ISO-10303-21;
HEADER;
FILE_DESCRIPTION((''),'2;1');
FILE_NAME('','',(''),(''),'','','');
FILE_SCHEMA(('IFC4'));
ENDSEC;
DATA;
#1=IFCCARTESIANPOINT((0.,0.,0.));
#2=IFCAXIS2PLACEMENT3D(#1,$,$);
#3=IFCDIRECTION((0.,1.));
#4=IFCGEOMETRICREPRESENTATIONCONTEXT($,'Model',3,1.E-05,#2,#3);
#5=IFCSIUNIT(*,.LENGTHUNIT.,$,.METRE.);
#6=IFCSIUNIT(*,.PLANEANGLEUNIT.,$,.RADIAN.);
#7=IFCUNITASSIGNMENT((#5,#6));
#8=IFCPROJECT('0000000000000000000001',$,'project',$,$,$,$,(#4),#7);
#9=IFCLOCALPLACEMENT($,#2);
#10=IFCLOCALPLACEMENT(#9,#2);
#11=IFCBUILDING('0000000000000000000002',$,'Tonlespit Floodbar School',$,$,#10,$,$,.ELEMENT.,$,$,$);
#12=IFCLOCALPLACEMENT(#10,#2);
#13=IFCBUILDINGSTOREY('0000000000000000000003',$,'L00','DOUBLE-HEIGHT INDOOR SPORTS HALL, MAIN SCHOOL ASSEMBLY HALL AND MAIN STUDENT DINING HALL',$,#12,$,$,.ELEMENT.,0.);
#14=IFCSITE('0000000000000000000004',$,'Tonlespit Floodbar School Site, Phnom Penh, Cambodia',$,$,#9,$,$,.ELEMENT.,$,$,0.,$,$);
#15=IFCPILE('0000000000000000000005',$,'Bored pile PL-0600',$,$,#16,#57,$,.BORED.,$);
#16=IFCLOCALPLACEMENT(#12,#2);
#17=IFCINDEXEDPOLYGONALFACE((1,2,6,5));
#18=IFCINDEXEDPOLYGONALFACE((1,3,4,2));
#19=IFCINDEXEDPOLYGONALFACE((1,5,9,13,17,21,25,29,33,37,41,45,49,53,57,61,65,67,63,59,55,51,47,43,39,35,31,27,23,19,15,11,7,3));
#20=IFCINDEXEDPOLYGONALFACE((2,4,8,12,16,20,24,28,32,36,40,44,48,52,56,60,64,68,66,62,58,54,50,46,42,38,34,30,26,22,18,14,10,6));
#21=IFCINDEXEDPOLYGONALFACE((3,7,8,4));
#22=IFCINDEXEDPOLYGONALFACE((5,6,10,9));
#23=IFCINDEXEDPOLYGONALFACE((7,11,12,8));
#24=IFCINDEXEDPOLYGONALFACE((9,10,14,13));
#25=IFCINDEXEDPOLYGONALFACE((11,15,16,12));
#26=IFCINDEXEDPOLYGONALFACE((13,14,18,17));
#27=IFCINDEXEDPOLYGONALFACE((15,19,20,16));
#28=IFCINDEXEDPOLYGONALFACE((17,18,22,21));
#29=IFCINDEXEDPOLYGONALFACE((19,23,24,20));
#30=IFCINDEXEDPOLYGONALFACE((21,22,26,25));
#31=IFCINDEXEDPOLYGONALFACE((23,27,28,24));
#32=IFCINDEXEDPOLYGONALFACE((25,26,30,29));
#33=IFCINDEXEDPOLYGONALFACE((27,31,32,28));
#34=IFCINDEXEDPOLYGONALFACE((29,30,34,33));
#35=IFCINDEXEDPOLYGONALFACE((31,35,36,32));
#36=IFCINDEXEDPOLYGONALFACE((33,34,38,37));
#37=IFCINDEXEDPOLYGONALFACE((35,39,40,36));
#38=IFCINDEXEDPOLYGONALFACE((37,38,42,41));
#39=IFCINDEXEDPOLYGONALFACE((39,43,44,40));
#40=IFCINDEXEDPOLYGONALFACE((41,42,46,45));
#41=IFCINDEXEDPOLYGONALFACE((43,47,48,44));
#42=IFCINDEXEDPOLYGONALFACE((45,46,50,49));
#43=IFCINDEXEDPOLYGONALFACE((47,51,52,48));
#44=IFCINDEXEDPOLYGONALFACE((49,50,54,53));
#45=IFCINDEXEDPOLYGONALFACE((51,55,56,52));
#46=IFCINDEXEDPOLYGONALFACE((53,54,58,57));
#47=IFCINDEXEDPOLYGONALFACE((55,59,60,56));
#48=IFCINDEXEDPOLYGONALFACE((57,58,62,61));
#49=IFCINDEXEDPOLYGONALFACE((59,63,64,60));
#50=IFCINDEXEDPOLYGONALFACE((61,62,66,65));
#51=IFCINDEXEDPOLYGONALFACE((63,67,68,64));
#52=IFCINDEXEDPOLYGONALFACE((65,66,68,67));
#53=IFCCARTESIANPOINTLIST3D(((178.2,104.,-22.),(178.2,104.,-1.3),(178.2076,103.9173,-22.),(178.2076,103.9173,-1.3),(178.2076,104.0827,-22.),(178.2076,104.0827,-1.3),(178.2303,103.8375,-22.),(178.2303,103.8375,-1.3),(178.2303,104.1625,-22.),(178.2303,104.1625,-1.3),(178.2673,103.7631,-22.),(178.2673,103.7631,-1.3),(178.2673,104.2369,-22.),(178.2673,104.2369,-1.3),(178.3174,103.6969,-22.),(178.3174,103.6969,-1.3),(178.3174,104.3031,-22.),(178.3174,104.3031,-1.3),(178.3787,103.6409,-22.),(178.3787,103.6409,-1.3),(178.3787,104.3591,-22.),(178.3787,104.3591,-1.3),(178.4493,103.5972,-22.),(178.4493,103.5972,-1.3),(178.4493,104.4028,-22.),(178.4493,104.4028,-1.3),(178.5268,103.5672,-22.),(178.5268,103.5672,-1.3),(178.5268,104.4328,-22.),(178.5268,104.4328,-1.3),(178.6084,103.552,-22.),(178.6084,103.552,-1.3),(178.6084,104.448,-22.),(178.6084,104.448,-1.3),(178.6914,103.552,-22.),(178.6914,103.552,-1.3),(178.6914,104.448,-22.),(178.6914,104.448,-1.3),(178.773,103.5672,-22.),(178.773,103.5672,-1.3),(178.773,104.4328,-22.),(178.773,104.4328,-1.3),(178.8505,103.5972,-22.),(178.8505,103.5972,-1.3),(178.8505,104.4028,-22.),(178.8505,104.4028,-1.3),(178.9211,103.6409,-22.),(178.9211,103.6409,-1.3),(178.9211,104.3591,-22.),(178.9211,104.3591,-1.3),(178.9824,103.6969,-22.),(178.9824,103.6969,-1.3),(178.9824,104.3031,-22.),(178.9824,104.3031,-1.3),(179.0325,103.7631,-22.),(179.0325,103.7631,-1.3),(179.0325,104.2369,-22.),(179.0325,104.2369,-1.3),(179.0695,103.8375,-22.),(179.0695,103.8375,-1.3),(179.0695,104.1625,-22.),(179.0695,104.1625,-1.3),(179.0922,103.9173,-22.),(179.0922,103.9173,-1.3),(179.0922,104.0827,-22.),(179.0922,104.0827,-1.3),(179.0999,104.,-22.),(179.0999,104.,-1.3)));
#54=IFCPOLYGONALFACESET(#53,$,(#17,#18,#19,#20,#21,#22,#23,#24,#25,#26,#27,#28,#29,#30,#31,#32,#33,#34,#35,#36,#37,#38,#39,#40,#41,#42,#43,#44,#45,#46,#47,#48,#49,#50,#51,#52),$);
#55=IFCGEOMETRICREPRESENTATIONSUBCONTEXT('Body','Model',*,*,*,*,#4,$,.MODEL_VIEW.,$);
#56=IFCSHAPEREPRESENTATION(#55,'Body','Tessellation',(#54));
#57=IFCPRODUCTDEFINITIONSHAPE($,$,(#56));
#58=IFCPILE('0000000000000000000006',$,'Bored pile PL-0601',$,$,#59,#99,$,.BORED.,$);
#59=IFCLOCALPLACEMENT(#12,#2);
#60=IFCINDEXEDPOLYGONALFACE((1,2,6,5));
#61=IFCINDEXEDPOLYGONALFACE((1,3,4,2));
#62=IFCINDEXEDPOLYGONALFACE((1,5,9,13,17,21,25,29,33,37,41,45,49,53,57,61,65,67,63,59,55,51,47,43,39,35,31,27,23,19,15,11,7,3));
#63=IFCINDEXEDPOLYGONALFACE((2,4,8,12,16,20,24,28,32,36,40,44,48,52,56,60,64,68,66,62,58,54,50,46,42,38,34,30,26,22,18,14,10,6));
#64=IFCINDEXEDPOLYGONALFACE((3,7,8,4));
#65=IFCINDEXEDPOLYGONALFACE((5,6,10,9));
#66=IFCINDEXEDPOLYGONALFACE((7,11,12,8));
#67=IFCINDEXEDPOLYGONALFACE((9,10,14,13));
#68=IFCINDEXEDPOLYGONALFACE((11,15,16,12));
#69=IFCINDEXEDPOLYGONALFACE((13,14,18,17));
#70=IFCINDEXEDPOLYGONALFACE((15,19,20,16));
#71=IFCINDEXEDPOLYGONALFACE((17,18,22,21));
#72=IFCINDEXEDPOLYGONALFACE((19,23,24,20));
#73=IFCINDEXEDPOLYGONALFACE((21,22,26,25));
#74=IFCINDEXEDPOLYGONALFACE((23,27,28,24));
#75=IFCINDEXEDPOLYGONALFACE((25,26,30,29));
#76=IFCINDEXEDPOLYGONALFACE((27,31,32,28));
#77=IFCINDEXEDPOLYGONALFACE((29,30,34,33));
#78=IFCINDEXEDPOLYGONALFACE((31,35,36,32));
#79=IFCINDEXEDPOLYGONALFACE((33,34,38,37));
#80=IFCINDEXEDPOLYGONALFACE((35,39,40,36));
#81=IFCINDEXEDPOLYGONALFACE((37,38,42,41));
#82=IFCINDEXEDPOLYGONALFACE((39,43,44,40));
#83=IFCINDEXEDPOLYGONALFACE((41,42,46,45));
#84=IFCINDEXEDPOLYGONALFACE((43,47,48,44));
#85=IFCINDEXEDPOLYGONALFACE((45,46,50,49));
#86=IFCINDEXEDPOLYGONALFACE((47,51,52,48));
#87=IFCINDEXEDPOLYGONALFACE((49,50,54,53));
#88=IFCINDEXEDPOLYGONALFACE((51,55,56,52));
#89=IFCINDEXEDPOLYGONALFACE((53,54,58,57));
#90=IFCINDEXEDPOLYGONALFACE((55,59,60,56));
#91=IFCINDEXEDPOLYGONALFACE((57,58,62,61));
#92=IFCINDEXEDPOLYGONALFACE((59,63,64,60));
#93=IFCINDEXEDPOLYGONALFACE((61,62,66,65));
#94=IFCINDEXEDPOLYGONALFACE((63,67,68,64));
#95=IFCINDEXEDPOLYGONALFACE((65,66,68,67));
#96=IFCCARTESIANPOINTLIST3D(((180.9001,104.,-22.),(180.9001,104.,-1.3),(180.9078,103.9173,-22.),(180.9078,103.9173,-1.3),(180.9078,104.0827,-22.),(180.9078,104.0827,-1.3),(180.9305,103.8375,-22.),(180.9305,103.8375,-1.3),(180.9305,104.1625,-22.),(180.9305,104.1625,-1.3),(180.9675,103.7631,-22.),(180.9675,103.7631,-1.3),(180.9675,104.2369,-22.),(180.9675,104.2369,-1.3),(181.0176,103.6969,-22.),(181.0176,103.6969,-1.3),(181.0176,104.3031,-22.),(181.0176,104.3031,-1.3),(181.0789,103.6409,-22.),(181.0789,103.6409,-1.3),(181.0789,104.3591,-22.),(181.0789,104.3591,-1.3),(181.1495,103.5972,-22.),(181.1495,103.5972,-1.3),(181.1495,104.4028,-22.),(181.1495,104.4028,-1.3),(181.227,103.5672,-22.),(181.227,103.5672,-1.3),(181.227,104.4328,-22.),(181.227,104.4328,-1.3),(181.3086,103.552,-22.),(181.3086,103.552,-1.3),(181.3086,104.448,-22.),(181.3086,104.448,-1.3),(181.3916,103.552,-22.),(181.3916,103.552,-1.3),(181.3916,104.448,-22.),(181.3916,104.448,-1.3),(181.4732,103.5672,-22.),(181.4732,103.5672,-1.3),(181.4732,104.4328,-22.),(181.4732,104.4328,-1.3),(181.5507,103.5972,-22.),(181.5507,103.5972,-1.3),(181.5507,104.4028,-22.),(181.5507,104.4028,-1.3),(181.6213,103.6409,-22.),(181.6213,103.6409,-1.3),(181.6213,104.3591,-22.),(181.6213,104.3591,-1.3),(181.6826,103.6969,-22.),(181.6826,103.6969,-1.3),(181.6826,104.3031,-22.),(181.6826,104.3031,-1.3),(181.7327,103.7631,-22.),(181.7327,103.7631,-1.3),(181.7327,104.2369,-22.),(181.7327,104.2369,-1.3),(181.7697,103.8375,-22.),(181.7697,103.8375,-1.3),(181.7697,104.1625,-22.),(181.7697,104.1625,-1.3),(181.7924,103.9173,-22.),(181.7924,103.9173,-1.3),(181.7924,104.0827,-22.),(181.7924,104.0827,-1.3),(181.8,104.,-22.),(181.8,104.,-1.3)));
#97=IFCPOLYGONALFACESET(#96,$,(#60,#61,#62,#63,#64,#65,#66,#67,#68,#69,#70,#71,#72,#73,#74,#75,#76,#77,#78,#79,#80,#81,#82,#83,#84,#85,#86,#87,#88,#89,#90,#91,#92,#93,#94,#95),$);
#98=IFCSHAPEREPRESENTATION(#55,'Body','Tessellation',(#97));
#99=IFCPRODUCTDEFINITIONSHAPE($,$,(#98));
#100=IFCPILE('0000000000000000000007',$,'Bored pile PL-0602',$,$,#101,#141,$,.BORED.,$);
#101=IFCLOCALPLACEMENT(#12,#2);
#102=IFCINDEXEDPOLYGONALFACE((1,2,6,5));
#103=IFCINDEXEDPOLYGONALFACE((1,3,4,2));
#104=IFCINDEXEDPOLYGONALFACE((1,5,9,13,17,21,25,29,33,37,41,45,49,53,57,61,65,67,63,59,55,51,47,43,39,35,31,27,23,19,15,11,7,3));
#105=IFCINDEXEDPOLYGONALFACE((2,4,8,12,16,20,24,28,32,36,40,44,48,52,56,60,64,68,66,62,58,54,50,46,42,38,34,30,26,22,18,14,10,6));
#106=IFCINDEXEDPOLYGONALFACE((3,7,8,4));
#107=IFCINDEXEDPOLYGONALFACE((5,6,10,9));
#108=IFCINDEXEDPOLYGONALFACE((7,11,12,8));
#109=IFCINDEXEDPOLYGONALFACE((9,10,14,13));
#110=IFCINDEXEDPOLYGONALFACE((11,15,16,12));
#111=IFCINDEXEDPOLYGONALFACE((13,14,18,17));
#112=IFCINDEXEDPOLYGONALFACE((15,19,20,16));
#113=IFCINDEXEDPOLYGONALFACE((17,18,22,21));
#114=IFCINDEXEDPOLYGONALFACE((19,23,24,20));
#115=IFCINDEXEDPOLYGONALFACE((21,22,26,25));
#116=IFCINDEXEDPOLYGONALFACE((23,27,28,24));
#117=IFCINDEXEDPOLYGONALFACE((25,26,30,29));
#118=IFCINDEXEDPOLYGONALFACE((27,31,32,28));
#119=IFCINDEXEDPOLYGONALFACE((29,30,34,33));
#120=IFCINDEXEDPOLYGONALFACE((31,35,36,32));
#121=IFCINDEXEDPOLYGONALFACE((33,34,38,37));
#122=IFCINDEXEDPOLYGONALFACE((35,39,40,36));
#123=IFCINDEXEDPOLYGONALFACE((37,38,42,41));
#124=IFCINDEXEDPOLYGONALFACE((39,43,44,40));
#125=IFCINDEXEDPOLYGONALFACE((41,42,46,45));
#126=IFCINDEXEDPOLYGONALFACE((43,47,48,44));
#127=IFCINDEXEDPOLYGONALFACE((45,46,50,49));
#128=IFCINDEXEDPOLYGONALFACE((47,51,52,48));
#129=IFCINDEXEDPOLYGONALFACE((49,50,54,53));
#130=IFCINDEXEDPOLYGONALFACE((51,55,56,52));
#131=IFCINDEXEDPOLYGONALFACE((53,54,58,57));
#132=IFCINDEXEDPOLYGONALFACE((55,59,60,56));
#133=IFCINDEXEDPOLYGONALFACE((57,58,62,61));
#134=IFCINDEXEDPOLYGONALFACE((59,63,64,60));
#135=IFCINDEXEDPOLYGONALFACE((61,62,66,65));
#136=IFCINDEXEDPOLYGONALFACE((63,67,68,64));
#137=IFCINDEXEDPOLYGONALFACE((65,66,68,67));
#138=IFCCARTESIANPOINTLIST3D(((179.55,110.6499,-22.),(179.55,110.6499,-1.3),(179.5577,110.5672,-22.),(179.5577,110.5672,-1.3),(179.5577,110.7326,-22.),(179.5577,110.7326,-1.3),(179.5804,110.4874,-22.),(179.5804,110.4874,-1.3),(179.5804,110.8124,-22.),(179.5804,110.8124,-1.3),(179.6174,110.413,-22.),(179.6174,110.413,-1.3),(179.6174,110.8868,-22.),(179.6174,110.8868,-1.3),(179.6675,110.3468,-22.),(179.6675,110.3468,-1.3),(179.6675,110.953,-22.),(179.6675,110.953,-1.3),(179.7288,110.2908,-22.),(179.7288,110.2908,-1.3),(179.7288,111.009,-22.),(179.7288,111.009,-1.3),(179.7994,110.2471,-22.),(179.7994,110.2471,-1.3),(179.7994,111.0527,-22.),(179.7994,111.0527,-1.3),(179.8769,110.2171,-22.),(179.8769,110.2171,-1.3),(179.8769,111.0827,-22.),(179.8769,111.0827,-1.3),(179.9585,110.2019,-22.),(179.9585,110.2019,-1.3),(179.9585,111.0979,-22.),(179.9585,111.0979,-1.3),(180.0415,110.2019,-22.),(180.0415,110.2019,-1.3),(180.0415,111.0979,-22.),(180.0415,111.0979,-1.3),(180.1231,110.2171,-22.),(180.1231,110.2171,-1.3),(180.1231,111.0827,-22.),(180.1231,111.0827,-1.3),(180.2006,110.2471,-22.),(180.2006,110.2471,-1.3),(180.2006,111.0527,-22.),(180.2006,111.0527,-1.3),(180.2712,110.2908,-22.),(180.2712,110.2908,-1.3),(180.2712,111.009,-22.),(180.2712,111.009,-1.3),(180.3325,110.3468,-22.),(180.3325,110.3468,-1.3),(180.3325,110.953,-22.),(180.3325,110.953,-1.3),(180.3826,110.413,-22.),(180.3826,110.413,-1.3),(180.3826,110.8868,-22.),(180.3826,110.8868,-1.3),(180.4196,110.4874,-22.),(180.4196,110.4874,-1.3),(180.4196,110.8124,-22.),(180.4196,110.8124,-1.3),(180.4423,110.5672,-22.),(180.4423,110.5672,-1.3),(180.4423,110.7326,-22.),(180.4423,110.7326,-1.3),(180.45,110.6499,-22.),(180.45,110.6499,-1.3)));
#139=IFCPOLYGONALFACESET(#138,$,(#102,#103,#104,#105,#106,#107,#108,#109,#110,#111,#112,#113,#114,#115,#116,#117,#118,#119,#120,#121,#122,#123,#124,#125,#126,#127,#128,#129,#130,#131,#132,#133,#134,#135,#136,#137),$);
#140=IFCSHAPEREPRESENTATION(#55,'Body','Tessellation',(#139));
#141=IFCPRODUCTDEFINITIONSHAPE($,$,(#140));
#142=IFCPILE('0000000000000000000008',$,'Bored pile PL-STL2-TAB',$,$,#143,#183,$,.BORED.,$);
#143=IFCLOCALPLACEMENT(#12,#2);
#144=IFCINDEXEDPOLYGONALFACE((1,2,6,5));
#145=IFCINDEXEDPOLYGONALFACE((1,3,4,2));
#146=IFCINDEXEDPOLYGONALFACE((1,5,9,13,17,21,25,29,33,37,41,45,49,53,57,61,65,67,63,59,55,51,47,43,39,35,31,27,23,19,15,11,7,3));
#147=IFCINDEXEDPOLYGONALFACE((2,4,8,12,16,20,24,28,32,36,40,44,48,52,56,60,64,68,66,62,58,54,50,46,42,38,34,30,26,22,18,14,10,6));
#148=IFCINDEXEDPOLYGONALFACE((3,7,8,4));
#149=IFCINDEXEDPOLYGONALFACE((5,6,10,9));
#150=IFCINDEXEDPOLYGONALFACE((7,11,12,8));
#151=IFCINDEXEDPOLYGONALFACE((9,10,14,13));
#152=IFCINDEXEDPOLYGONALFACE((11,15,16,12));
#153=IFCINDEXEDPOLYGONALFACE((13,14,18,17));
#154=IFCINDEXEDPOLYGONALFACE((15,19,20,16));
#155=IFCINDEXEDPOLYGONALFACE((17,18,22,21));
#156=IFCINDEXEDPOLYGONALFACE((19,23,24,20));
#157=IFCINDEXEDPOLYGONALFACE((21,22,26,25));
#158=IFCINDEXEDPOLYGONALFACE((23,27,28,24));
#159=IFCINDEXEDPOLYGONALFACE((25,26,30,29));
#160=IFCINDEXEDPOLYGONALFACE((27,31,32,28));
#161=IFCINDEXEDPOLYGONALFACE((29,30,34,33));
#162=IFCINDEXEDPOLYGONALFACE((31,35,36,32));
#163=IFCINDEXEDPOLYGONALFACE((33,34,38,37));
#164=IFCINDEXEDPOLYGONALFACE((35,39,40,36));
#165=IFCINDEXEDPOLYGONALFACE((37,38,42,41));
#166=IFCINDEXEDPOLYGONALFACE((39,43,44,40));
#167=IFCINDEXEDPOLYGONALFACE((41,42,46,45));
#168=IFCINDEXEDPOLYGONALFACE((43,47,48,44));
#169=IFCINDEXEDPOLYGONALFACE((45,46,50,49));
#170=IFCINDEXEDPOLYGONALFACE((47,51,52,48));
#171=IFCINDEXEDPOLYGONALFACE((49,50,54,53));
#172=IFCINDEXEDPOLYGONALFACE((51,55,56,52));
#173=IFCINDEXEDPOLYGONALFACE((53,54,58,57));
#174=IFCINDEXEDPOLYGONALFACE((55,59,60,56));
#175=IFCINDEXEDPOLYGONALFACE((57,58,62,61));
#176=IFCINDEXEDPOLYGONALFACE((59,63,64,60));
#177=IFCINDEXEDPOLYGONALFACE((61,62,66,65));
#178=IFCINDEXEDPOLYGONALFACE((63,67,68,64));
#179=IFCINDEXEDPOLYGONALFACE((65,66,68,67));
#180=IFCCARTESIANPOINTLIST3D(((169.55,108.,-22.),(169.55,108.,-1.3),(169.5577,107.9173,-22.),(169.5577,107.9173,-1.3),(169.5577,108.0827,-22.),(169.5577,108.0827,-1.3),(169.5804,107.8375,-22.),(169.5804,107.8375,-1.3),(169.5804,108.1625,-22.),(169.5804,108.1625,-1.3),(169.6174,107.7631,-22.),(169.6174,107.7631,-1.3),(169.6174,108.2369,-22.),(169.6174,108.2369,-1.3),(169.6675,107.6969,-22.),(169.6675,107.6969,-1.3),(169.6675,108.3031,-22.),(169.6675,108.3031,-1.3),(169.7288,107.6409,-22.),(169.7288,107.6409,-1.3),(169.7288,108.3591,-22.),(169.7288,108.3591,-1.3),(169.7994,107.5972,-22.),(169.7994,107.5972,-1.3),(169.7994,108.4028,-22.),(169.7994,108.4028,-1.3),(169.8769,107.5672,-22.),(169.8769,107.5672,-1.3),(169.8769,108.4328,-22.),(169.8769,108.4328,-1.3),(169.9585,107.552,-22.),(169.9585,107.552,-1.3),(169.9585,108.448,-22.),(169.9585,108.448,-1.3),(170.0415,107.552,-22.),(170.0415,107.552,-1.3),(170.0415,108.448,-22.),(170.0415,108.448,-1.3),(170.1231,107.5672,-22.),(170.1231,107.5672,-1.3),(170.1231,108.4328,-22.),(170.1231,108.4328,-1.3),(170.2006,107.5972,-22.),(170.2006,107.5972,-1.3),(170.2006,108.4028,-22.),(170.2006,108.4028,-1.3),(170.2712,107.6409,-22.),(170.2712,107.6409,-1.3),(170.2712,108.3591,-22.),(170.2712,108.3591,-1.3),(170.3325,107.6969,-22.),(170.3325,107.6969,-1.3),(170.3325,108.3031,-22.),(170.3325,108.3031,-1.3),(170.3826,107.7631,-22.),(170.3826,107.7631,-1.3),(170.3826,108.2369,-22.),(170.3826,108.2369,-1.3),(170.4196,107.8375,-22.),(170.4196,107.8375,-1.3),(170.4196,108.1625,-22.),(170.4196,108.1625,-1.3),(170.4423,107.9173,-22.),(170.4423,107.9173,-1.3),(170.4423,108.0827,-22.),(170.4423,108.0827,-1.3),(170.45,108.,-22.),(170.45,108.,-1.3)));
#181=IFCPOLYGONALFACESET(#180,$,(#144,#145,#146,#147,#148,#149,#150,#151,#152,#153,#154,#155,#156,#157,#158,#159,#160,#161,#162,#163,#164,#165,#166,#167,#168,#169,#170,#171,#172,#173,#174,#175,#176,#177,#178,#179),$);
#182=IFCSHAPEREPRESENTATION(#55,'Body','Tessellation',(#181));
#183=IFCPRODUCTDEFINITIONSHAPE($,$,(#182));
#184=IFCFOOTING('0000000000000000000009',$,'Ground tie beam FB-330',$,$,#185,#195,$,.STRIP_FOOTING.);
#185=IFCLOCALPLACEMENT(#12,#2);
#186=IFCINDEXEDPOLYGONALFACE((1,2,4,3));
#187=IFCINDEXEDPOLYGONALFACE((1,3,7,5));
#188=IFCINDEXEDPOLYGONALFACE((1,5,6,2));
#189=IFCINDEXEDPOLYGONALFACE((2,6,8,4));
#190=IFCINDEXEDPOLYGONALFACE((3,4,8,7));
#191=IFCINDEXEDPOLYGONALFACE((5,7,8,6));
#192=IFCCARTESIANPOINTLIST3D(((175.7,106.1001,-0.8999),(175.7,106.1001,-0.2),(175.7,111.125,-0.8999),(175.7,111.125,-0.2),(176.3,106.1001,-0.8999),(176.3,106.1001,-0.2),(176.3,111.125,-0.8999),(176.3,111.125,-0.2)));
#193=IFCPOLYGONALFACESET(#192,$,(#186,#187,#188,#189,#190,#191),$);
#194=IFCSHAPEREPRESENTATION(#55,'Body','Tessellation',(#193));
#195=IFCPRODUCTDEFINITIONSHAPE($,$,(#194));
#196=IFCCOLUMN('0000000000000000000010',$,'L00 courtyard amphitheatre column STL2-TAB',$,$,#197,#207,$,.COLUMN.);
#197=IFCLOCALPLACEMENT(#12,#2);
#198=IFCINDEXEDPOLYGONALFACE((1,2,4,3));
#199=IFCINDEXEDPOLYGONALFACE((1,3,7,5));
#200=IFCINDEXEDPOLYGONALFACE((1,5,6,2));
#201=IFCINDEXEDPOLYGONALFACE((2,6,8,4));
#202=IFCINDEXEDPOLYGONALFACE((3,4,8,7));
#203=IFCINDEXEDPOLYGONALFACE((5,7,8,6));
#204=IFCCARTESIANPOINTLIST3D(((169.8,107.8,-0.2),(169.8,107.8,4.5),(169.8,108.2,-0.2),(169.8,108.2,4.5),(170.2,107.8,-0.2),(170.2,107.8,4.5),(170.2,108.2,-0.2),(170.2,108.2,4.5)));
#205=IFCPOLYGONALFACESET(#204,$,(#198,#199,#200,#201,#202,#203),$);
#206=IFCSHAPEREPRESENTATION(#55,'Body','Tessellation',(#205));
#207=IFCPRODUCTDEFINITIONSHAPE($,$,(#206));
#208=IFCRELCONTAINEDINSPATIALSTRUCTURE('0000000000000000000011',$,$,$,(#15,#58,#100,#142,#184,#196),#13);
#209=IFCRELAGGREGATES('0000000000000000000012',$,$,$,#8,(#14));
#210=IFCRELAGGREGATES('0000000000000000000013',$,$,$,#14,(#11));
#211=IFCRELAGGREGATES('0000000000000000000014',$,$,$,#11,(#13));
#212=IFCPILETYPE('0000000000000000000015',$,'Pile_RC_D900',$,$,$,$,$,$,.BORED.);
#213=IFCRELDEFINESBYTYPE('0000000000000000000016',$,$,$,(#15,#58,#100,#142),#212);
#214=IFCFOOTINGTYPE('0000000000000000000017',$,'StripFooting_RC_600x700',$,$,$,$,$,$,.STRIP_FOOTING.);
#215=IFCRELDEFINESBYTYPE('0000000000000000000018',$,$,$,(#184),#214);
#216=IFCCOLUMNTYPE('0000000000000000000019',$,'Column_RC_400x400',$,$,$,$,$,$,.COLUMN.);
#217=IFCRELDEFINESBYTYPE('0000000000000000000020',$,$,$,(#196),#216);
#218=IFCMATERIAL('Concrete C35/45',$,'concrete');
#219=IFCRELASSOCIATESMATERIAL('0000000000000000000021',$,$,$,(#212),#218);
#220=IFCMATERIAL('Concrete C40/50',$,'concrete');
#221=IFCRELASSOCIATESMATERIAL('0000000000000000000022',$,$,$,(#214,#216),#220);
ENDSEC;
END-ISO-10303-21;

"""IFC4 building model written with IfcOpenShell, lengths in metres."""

from ifc_helpers import new_model, si_unit, direction, frame, origin, origin_2d, place, context, subcontext, project, spatial, rectangle, circle, extrude, material, material_profile, profile_set, type_object, element, save


model = new_model("IFC4")

# Units and contexts
model_context = context("Model", 3, precision=1e-05, world=origin(), true_north=direction((0.0, 1.0)))
body_context = subcontext(model_context, "Body", "Model", "MODEL_VIEW")
ifc_project = project(units=[si_unit("LENGTHUNIT", "METRE"), si_unit("PLANEANGLEUNIT", "RADIAN")], contexts=[model_context])

# Site, building, storey
site_placement = place(None, origin())
site = spatial("IfcSite", under=ifc_project, at=site_placement, Name="Tonlespit Floodbar School Site, Phnom Penh, Cambodia", CompositionType="ELEMENT", RefElevation=0.0)
building_placement = place(site_placement, origin())
building = spatial("IfcBuilding", under=site, at=building_placement, Name="Tonlespit Floodbar School", CompositionType="ELEMENT")
storey_placement = place(building_placement, origin())
storey = spatial("IfcBuildingStorey", under=building, at=storey_placement, Name="L00", Description="DOUBLE-HEIGHT INDOOR SPORTS HALL, MAIN SCHOOL ASSEMBLY HALL AND MAIN STUDENT DINING HALL", CompositionType="ELEMENT", Elevation=0.0)

# Shared definitions
ifc_material_1 = material(Name="Concrete C40/50", Category="concrete")

# Piles
ifc_material_2 = material(Name="Concrete C35/45", Category="concrete")
ifc_material_profile_1 = material_profile(ifc_material_2, circle(Radius=0.45, at=origin_2d()), Name="BP D900")
ifc_profile_set_1 = profile_set([ifc_material_profile_1], Name="Concrete C35/45")
pile_type = type_object("IfcPileType", Name="Pile_RC_D900", PredefinedType="BORED", material=ifc_profile_set_1)
for number, where, z_axis, x_axis, name in (
    (1, (178.6499, 104.0, -1.3), (0.0, 0.0, -1.0), (1.0, 0.0, 0.0), "Bored pile PL-0600"),
    (2, (181.3501, 104.0, -1.3), (0.0, 0.0, -1.0), (1.0, 0.0, 0.0), "Bored pile PL-0601"),
    (3, (180.0, 110.6499, -1.3), (0.0, 0.0, -1.0), (1.0, 0.0, 0.0), "Bored pile PL-0602"),
    (4, (170.0, 108.0, -1.3), (0.0, 0.0, -1.0), (1.0, 0.0, 0.0), "Bored pile PL-STL2-TAB"),
):
    element("IfcPile", number, at=place(storey_placement, frame(where, z_axis=z_axis, x_axis=x_axis)), inside=storey, type_object=pile_type, Name=name, PredefinedType="BORED", context=body_context, shape_type="SweptSolid", body=[
        extrude(circle(Radius=0.45, at=origin_2d()), origin(), (0.0, 0.0, 1.0), 20.7),
    ])

# Footing
footing_type_1 = type_object("IfcFootingType", Name="StripFooting_RC_600x700", PredefinedType="STRIP_FOOTING", material=ifc_material_1)
footing_1_placement = place(storey_placement, frame((176.0, 108.6125, -0.8999), z_axis=(0.0, 0.0, 1.0), x_axis=(0.0, 1.0, 0.0)))
element("IfcFooting", 5, at=footing_1_placement, inside=storey, type_object=footing_type_1, Name="Ground tie beam FB-330", PredefinedType="STRIP_FOOTING", context=body_context, shape_type="SweptSolid", body=[
    extrude(rectangle(XDim=5.0249, YDim=0.6001, at=origin_2d()), origin(), (0.0, 0.0, 1.0), 0.7),
])

# Column
ifc_material_profile_2 = material_profile(ifc_material_1, rectangle(XDim=0.3999, YDim=0.3999, at=origin_2d()), Name="RC 400x400")
ifc_profile_set_2 = profile_set([ifc_material_profile_2], Name="Concrete C40/50")
column_type_1 = type_object("IfcColumnType", Name="Column_RC_400x400", PredefinedType="COLUMN", material=ifc_profile_set_2)
column_placement = place(storey_placement, frame((170.0, 108.0, -0.2), z_axis=(0.0, 0.0, 1.0), x_axis=(1.0, 0.0, 0.0)))
element("IfcColumn", 6, at=column_placement, inside=storey, type_object=column_type_1, Name="L00 courtyard amphitheatre column STL2-TAB", PredefinedType="COLUMN", context=body_context, shape_type="SweptSolid", body=[
    extrude(rectangle(XDim=0.3999, YDim=0.3999, at=origin_2d()), origin(), (0.0, 0.0, 1.0), 4.7),
])

save(model, "model.ifc")
